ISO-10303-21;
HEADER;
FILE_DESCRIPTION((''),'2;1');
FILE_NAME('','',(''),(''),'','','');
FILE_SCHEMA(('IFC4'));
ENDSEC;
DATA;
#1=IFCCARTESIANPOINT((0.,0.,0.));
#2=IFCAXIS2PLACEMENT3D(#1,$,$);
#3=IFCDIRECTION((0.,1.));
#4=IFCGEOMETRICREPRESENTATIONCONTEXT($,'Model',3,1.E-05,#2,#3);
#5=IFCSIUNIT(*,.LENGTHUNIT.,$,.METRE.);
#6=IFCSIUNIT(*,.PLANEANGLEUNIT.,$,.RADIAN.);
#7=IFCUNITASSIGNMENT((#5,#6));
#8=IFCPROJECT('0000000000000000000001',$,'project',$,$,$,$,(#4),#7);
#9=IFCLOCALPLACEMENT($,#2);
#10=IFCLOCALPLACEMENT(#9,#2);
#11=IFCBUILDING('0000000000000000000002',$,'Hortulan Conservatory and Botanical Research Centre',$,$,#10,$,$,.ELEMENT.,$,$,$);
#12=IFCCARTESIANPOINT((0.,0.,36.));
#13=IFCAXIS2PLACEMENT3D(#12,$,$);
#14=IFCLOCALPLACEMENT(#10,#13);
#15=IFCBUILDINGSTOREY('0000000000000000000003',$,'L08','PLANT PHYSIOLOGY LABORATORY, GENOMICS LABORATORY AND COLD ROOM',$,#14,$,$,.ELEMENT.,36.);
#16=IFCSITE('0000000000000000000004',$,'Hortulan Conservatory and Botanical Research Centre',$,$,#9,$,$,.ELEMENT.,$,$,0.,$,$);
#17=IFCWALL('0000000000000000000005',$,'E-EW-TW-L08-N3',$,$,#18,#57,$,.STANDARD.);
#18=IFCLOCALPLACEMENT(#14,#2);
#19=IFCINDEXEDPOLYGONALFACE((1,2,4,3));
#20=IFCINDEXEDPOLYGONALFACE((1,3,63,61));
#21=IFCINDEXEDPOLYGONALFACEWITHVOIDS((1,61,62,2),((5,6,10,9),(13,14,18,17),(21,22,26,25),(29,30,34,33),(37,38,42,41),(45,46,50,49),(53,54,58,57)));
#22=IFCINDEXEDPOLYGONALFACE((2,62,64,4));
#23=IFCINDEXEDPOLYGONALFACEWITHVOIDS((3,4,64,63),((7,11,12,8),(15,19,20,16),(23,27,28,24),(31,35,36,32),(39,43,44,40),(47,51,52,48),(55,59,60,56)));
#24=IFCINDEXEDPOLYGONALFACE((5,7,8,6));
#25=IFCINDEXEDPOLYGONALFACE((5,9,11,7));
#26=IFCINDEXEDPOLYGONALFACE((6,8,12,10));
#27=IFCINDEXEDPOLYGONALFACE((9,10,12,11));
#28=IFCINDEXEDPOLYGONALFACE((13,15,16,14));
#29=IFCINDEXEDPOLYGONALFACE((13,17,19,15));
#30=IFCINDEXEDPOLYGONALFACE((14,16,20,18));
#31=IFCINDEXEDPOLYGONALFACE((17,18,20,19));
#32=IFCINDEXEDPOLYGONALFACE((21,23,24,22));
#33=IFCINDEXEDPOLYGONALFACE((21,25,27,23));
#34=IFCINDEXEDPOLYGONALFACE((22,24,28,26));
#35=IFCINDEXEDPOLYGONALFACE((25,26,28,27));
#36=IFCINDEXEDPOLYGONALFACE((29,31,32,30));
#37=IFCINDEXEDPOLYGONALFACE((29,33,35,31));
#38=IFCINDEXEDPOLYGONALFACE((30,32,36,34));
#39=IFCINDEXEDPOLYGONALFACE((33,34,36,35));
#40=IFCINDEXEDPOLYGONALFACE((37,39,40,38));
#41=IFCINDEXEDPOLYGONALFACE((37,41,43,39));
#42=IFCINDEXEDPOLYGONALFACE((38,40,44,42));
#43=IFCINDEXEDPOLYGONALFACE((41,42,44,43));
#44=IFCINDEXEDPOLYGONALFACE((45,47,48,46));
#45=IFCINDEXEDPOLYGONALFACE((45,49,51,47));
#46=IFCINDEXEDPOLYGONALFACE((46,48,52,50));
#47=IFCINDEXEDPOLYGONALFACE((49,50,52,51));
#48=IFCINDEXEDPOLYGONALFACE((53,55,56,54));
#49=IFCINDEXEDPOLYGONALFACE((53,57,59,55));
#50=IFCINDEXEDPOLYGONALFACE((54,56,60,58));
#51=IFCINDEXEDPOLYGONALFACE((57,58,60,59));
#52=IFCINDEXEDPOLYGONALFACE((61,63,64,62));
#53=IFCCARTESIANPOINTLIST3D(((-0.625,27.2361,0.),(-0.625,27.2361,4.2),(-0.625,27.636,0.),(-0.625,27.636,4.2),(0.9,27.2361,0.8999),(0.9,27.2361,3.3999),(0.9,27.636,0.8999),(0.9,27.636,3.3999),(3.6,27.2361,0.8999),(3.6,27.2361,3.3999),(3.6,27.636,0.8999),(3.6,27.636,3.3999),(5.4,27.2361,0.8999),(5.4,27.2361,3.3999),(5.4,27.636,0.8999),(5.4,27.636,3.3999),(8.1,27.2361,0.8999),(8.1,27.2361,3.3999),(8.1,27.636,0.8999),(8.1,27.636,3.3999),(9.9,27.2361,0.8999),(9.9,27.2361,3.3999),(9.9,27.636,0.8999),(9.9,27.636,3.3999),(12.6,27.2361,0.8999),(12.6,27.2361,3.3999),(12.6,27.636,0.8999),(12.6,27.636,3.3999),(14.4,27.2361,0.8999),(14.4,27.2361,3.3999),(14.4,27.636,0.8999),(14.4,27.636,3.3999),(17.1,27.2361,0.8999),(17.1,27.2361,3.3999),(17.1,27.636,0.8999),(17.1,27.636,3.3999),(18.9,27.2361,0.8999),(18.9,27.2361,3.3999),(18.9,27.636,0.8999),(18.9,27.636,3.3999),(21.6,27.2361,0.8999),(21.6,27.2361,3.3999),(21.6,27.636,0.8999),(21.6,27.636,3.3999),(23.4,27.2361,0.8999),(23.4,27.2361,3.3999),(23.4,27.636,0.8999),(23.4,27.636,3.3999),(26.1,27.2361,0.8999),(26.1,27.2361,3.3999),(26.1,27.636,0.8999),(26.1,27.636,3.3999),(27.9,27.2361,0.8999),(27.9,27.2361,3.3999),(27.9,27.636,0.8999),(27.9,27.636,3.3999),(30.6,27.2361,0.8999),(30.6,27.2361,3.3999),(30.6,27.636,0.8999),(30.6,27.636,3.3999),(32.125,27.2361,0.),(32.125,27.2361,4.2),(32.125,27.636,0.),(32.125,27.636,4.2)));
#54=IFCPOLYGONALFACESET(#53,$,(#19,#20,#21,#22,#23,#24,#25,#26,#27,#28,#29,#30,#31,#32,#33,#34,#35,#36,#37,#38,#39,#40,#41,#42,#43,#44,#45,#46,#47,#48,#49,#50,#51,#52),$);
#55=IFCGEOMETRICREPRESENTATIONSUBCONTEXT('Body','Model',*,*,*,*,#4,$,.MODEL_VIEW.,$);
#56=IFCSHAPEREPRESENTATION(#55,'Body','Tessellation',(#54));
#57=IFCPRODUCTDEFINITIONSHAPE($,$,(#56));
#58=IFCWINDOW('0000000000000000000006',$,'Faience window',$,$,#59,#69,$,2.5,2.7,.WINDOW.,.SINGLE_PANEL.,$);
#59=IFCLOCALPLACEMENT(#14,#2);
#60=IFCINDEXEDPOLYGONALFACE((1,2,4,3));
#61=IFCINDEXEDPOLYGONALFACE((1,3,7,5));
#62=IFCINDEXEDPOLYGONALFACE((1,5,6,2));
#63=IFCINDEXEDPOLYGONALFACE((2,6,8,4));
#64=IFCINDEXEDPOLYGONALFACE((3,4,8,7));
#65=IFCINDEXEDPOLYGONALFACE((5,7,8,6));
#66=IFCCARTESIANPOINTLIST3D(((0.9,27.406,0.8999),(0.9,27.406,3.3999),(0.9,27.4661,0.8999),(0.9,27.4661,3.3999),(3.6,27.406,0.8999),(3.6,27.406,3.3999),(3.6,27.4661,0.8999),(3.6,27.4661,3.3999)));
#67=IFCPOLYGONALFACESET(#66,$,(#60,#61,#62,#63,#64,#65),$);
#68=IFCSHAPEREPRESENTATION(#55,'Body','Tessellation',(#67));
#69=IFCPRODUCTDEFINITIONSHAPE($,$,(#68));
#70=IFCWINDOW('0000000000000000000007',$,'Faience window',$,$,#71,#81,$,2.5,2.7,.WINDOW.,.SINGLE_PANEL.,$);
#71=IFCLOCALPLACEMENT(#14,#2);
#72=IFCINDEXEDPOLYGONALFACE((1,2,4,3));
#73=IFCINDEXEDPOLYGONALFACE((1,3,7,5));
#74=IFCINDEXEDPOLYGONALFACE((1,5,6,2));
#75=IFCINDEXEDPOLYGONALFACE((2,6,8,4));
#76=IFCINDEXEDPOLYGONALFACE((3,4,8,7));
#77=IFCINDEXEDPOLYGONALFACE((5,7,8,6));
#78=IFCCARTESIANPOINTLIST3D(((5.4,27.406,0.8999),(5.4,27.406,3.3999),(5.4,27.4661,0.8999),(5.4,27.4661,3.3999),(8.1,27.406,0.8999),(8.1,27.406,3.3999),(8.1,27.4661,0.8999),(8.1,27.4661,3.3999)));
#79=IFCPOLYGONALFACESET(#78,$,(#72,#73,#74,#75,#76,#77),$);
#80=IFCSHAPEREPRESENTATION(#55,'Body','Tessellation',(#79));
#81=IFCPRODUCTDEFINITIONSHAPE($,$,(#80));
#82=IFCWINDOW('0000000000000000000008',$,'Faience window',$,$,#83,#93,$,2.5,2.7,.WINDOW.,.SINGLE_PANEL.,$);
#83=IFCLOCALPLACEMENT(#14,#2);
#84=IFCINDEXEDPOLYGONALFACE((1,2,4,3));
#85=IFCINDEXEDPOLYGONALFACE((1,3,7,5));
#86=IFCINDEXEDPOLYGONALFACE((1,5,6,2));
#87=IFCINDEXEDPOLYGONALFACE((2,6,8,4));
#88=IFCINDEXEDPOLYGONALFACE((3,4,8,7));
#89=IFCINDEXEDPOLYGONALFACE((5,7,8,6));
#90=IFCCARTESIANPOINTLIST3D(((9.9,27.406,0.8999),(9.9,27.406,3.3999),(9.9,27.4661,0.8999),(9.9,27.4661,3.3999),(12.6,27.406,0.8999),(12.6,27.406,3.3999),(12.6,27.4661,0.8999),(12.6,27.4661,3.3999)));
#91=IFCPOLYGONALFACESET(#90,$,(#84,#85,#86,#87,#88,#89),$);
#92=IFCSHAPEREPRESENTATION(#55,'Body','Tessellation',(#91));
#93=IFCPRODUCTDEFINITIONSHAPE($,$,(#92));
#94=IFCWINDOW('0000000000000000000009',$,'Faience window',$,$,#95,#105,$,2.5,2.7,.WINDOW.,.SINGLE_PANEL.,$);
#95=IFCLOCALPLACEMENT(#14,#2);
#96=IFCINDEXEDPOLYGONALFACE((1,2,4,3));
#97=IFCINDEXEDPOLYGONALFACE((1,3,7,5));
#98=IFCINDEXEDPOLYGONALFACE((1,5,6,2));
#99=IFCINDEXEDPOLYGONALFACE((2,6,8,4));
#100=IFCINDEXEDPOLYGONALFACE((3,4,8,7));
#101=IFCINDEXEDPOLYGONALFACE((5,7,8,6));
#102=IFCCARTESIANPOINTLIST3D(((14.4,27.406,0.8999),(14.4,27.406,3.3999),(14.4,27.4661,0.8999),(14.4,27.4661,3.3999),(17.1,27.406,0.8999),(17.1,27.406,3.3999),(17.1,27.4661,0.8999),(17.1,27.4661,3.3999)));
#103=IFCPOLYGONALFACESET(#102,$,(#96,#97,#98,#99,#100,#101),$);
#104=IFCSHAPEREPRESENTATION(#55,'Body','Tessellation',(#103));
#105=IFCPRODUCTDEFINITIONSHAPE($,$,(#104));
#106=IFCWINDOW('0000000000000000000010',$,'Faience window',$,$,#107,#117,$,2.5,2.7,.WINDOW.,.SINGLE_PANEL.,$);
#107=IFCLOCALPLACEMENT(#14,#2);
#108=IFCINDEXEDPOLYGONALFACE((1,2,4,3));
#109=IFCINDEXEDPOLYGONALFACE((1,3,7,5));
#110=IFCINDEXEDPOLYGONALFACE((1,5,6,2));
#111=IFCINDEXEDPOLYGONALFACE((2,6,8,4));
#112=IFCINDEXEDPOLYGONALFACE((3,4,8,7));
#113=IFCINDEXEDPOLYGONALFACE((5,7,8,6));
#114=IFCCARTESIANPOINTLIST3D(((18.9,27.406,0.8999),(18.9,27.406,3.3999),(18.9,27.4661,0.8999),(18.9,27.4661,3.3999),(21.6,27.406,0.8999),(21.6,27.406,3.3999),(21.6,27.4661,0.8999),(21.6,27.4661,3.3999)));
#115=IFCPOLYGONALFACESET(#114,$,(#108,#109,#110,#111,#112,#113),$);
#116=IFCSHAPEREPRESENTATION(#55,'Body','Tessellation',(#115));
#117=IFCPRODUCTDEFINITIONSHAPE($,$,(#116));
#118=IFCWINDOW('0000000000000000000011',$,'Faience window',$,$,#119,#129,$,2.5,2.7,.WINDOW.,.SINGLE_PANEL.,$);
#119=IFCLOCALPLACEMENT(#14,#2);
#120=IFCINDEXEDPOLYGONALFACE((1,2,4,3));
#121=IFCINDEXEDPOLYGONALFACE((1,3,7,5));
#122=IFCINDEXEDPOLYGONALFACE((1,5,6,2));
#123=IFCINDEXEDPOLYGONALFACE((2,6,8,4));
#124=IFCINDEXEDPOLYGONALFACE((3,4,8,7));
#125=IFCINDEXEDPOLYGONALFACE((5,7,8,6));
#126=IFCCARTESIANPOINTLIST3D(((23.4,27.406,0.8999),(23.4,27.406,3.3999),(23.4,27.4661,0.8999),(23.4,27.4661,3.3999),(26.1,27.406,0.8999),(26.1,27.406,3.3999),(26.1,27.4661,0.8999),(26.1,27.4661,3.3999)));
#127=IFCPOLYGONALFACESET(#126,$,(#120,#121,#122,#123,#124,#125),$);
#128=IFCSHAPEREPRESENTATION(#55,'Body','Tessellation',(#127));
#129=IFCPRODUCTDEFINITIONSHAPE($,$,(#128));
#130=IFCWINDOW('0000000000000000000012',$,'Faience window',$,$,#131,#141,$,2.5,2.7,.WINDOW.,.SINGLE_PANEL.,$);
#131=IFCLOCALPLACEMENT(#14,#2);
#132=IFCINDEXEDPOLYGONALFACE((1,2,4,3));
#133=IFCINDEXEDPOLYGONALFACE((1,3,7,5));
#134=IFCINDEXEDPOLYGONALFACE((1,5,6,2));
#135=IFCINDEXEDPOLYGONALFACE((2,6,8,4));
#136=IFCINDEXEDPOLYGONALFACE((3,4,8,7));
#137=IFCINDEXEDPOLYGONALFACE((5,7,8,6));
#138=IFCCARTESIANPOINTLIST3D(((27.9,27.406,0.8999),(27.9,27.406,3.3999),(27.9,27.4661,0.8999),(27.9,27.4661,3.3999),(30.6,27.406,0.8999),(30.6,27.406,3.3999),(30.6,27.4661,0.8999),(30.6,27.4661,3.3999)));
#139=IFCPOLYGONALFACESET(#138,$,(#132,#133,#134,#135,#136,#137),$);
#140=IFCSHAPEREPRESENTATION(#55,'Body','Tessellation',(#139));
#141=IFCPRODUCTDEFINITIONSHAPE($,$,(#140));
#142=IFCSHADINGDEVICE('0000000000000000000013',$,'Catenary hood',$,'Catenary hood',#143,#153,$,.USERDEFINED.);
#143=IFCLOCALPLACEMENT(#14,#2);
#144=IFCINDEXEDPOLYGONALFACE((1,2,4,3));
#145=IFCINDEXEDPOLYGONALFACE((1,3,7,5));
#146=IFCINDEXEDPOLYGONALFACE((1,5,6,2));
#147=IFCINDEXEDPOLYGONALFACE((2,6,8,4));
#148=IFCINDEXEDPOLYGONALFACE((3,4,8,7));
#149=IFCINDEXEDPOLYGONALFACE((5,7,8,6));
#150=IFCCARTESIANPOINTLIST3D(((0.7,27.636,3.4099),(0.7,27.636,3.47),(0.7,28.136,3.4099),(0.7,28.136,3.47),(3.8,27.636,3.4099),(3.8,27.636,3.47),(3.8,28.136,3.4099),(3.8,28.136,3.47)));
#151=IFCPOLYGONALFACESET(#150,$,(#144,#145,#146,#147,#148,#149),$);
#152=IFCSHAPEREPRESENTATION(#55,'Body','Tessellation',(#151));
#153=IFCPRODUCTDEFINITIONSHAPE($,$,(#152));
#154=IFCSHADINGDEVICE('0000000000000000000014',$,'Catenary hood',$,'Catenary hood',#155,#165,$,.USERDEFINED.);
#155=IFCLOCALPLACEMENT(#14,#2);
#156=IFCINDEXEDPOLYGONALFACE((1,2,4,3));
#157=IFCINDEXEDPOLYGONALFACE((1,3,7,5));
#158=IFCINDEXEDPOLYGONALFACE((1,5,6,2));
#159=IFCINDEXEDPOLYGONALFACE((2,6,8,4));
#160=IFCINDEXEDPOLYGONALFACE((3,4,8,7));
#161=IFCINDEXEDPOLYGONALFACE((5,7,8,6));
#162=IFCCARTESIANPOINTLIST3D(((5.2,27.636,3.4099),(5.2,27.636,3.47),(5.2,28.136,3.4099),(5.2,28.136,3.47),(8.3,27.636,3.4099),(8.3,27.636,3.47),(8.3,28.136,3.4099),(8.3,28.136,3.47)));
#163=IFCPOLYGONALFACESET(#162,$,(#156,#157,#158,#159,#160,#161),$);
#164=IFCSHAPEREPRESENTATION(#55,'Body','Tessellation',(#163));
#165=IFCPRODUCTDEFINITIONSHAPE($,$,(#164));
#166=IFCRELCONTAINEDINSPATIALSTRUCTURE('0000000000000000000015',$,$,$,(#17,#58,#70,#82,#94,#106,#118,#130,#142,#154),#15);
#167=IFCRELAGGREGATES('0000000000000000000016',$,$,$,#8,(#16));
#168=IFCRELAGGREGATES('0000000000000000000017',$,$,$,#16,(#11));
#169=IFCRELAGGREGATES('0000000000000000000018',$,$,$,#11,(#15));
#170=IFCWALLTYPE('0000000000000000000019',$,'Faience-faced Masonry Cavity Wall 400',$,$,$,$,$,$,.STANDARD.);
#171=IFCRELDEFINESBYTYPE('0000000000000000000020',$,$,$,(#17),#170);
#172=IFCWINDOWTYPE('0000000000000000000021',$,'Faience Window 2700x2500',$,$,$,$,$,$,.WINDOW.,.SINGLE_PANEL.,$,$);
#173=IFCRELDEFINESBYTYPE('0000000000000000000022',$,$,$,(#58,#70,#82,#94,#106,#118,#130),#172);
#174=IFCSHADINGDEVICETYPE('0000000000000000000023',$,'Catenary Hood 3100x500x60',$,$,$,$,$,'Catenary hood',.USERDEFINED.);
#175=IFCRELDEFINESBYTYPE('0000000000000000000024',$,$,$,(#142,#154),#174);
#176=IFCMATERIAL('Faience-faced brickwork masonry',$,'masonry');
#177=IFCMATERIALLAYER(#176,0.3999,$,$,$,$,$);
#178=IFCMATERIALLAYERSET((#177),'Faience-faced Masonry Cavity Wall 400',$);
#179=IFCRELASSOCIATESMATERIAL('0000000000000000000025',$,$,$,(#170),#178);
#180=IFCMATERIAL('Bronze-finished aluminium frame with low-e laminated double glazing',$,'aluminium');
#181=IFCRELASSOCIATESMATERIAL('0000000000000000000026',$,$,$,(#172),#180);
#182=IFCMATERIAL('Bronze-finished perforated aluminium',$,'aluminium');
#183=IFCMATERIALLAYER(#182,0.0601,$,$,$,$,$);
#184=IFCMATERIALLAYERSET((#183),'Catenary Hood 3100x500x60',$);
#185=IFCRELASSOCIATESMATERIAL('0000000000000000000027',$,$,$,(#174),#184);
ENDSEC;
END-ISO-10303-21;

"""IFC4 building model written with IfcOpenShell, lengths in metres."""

from ifc_helpers import new_model, si_unit, direction, frame, frame_2d, origin, origin_2d, place, context, subcontext, project, spatial, rectangle, extrude, material, layer, layer_set, type_object, element, fill, save


model = new_model("IFC4")

# Units and contexts
model_context = context("Model", 3, precision=1e-05, world=origin(), true_north=direction((0.0, 1.0)))
body_context = subcontext(model_context, "Body", "Model", "MODEL_VIEW")
ifc_project = project(units=[si_unit("LENGTHUNIT", "METRE"), si_unit("PLANEANGLEUNIT", "RADIAN")], contexts=[model_context])

# Site, building, storey
site_placement = place(None, origin())
site = spatial("IfcSite", under=ifc_project, at=site_placement, Name="Hortulan Conservatory and Botanical Research Centre", CompositionType="ELEMENT", RefElevation=0.0)
building_placement = place(site_placement, origin())
building = spatial("IfcBuilding", under=site, at=building_placement, Name="Hortulan Conservatory and Botanical Research Centre", CompositionType="ELEMENT")
storey_placement = place(building_placement, frame((0.0, 0.0, 36.0)))
storey = spatial("IfcBuildingStorey", under=building, at=storey_placement, Name="L08", Description="PLANT PHYSIOLOGY LABORATORY, GENOMICS LABORATORY AND COLD ROOM", CompositionType="ELEMENT", Elevation=36.0)

# Wall, openings, windows
ifc_material_1 = material(Name="Faience-faced brickwork masonry", Category="masonry")
ifc_layer_1 = layer(ifc_material_1, 0.3999)
ifc_layer_set_1 = layer_set([ifc_layer_1], Name="Faience-faced Masonry Cavity Wall 400")
wall_type = type_object("IfcWallType", Name="Faience-faced Masonry Cavity Wall 400", PredefinedType="STANDARD", material=ifc_layer_set_1)
wall_placement = place(storey_placement, frame((-0.625, 27.436, 0.0), z_axis=(0.0, 0.0, 1.0), x_axis=(1.0, 0.0, 0.0)))
wall = element("IfcWall", 1, at=wall_placement, inside=storey, type_object=wall_type, Name="E-EW-TW-L08-N3", PredefinedType="STANDARD", context=body_context, shape_type="SweptSolid", body=[
    extrude(rectangle(XDim=32.75, YDim=0.3999, at=frame_2d((16.375, 0.0))), origin(), (0.0, 0.0, 1.0), 4.2),
])
opening_1_placement = place(wall_placement, frame((1.5249, 0.0, 0.8999)))
opening_1 = element("IfcOpeningElement", 2, at=opening_1_placement, cuts=wall, PredefinedType="OPENING", context=body_context, shape_type="SweptSolid", body=[
    extrude(rectangle(XDim=2.7, YDim=2.5, at=frame_2d((1.3501, 1.25))), frame((0.0, 0.21, 0.0), z_axis=(0.0, -1.0, 0.0), x_axis=(1.0, 0.0, 0.0)), (0.0, 0.0, 1.0), 0.4199),
])
opening_2_placement = place(wall_placement, frame((6.0249, 0.0, 0.8999)))
opening_2 = element("IfcOpeningElement", 3, at=opening_2_placement, cuts=wall, PredefinedType="OPENING", context=body_context, shape_type="SweptSolid", body=[
    extrude(rectangle(XDim=2.7, YDim=2.5, at=frame_2d((1.3501, 1.25))), frame((0.0, 0.21, 0.0), z_axis=(0.0, -1.0, 0.0), x_axis=(1.0, 0.0, 0.0)), (0.0, 0.0, 1.0), 0.4199),
])
opening_3_placement = place(wall_placement, frame((10.5249, 0.0, 0.8999)))
opening_3 = element("IfcOpeningElement", 4, at=opening_3_placement, cuts=wall, PredefinedType="OPENING", context=body_context, shape_type="SweptSolid", body=[
    extrude(rectangle(XDim=2.7, YDim=2.5, at=frame_2d((1.3501, 1.25))), frame((0.0, 0.21, 0.0), z_axis=(0.0, -1.0, 0.0), x_axis=(1.0, 0.0, 0.0)), (0.0, 0.0, 1.0), 0.4199),
])
opening_4_placement = place(wall_placement, frame((15.0249, 0.0, 0.8999)))
opening_4 = element("IfcOpeningElement", 5, at=opening_4_placement, cuts=wall, PredefinedType="OPENING", context=body_context, shape_type="SweptSolid", body=[
    extrude(rectangle(XDim=2.7, YDim=2.5, at=frame_2d((1.3501, 1.25))), frame((0.0, 0.21, 0.0), z_axis=(0.0, -1.0, 0.0), x_axis=(1.0, 0.0, 0.0)), (0.0, 0.0, 1.0), 0.4199),
])
opening_5_placement = place(wall_placement, frame((19.5249, 0.0, 0.8999)))
opening_5 = element("IfcOpeningElement", 6, at=opening_5_placement, cuts=wall, PredefinedType="OPENING", context=body_context, shape_type="SweptSolid", body=[
    extrude(rectangle(XDim=2.7, YDim=2.5, at=frame_2d((1.3501, 1.25))), frame((0.0, 0.21, 0.0), z_axis=(0.0, -1.0, 0.0), x_axis=(1.0, 0.0, 0.0)), (0.0, 0.0, 1.0), 0.4199),
])
opening_6_placement = place(wall_placement, frame((24.0249, 0.0, 0.8999)))
opening_6 = element("IfcOpeningElement", 7, at=opening_6_placement, cuts=wall, PredefinedType="OPENING", context=body_context, shape_type="SweptSolid", body=[
    extrude(rectangle(XDim=2.7, YDim=2.5, at=frame_2d((1.3501, 1.25))), frame((0.0, 0.21, 0.0), z_axis=(0.0, -1.0, 0.0), x_axis=(1.0, 0.0, 0.0)), (0.0, 0.0, 1.0), 0.4199),
])
opening_7_placement = place(wall_placement, frame((28.5249, 0.0, 0.8999)))
opening_7 = element("IfcOpeningElement", 8, at=opening_7_placement, cuts=wall, PredefinedType="OPENING", context=body_context, shape_type="SweptSolid", body=[
    extrude(rectangle(XDim=2.7, YDim=2.5, at=frame_2d((1.3501, 1.25))), frame((0.0, 0.21, 0.0), z_axis=(0.0, -1.0, 0.0), x_axis=(1.0, 0.0, 0.0)), (0.0, 0.0, 1.0), 0.4199),
])
ifc_material_2 = material(Name="Bronze-finished aluminium frame with low-e laminated double glazing", Category="aluminium")
window_type = type_object("IfcWindowType", Name="Faience Window 2700x2500", PartitioningType="SINGLE_PANEL", PredefinedType="WINDOW", material=ifc_material_2)
window_1_placement = place(opening_1_placement, origin())
window_1 = element("IfcWindow", 9, at=window_1_placement, inside=storey, type_object=window_type, Name="Faience window", OverallHeight=2.5, OverallWidth=2.7, PartitioningType="SINGLE_PANEL", PredefinedType="WINDOW", context=body_context, shape_type="SweptSolid", body=[
    extrude(rectangle(XDim=2.7, YDim=2.5, at=frame_2d((1.3501, 1.25))), frame((0.0, 0.03, 0.0), z_axis=(0.0, -1.0, 0.0), x_axis=(1.0, 0.0, 0.0)), (0.0, 0.0, 1.0), 0.0601),
])
fill(opening_1, window_1)
window_2_placement = place(opening_2_placement, origin())
window_2 = element("IfcWindow", 10, at=window_2_placement, inside=storey, type_object=window_type, Name="Faience window", OverallHeight=2.5, OverallWidth=2.7, PartitioningType="SINGLE_PANEL", PredefinedType="WINDOW", context=body_context, shape_type="SweptSolid", body=[
    extrude(rectangle(XDim=2.7, YDim=2.5, at=frame_2d((1.3501, 1.25))), frame((0.0, 0.03, 0.0), z_axis=(0.0, -1.0, 0.0), x_axis=(1.0, 0.0, 0.0)), (0.0, 0.0, 1.0), 0.0601),
])
fill(opening_2, window_2)
window_3_placement = place(opening_3_placement, origin())
window_3 = element("IfcWindow", 11, at=window_3_placement, inside=storey, type_object=window_type, Name="Faience window", OverallHeight=2.5, OverallWidth=2.7, PartitioningType="SINGLE_PANEL", PredefinedType="WINDOW", context=body_context, shape_type="SweptSolid", body=[
    extrude(rectangle(XDim=2.7, YDim=2.5, at=frame_2d((1.3501, 1.25))), frame((0.0, 0.03, 0.0), z_axis=(0.0, -1.0, 0.0), x_axis=(1.0, 0.0, 0.0)), (0.0, 0.0, 1.0), 0.0601),
])
fill(opening_3, window_3)
window_4_placement = place(opening_4_placement, origin())
window_4 = element("IfcWindow", 12, at=window_4_placement, inside=storey, type_object=window_type, Name="Faience window", OverallHeight=2.5, OverallWidth=2.7, PartitioningType="SINGLE_PANEL", PredefinedType="WINDOW", context=body_context, shape_type="SweptSolid", body=[
    extrude(rectangle(XDim=2.7, YDim=2.5, at=frame_2d((1.3501, 1.25))), frame((0.0, 0.03, 0.0), z_axis=(0.0, -1.0, 0.0), x_axis=(1.0, 0.0, 0.0)), (0.0, 0.0, 1.0), 0.0601),
])
fill(opening_4, window_4)
window_5_placement = place(opening_5_placement, origin())
window_5 = element("IfcWindow", 13, at=window_5_placement, inside=storey, type_object=window_type, Name="Faience window", OverallHeight=2.5, OverallWidth=2.7, PartitioningType="SINGLE_PANEL", PredefinedType="WINDOW", context=body_context, shape_type="SweptSolid", body=[
    extrude(rectangle(XDim=2.7, YDim=2.5, at=frame_2d((1.3501, 1.25))), frame((0.0, 0.03, 0.0), z_axis=(0.0, -1.0, 0.0), x_axis=(1.0, 0.0, 0.0)), (0.0, 0.0, 1.0), 0.0601),
])
fill(opening_5, window_5)
window_6_placement = place(opening_6_placement, origin())
window_6 = element("IfcWindow", 14, at=window_6_placement, inside=storey, type_object=window_type, Name="Faience window", OverallHeight=2.5, OverallWidth=2.7, PartitioningType="SINGLE_PANEL", PredefinedType="WINDOW", context=body_context, shape_type="SweptSolid", body=[
    extrude(rectangle(XDim=2.7, YDim=2.5, at=frame_2d((1.3501, 1.25))), frame((0.0, 0.03, 0.0), z_axis=(0.0, -1.0, 0.0), x_axis=(1.0, 0.0, 0.0)), (0.0, 0.0, 1.0), 0.0601),
])
fill(opening_6, window_6)
window_7_placement = place(opening_7_placement, origin())
window_7 = element("IfcWindow", 15, at=window_7_placement, inside=storey, type_object=window_type, Name="Faience window", OverallHeight=2.5, OverallWidth=2.7, PartitioningType="SINGLE_PANEL", PredefinedType="WINDOW", context=body_context, shape_type="SweptSolid", body=[
    extrude(rectangle(XDim=2.7, YDim=2.5, at=frame_2d((1.3501, 1.25))), frame((0.0, 0.03, 0.0), z_axis=(0.0, -1.0, 0.0), x_axis=(1.0, 0.0, 0.0)), (0.0, 0.0, 1.0), 0.0601),
])
fill(opening_7, window_7)

# Shading devices
ifc_material_3 = material(Name="Bronze-finished perforated aluminium", Category="aluminium")
ifc_layer_2 = layer(ifc_material_3, 0.0601)
ifc_layer_set_2 = layer_set([ifc_layer_2], Name="Catenary Hood 3100x500x60")
shading_device_type = type_object("IfcShadingDeviceType", Name="Catenary Hood 3100x500x60", ElementType="Catenary hood", PredefinedType="USERDEFINED", material=ifc_layer_set_2)
for number, where, z_axis, x_axis, name in (
    (16, (2.25, 27.886, 3.4099), (0.0, 0.0, 1.0), (1.0, 0.0, 0.0), "Catenary hood"),
    (17, (6.75, 27.886, 3.4099), (0.0, 0.0, 1.0), (1.0, 0.0, 0.0), "Catenary hood"),
):
    element("IfcShadingDevice", number, at=place(storey_placement, frame(where, z_axis=z_axis, x_axis=x_axis)), inside=storey, type_object=shading_device_type, Name=name, ObjectType="Catenary hood", PredefinedType="USERDEFINED", context=body_context, shape_type="SweptSolid", body=[
        extrude(rectangle(XDim=3.1001, YDim=0.5, at=origin_2d()), origin(), (0.0, 0.0, 1.0), 0.0601),
    ])

save(model, "model.ifc")
